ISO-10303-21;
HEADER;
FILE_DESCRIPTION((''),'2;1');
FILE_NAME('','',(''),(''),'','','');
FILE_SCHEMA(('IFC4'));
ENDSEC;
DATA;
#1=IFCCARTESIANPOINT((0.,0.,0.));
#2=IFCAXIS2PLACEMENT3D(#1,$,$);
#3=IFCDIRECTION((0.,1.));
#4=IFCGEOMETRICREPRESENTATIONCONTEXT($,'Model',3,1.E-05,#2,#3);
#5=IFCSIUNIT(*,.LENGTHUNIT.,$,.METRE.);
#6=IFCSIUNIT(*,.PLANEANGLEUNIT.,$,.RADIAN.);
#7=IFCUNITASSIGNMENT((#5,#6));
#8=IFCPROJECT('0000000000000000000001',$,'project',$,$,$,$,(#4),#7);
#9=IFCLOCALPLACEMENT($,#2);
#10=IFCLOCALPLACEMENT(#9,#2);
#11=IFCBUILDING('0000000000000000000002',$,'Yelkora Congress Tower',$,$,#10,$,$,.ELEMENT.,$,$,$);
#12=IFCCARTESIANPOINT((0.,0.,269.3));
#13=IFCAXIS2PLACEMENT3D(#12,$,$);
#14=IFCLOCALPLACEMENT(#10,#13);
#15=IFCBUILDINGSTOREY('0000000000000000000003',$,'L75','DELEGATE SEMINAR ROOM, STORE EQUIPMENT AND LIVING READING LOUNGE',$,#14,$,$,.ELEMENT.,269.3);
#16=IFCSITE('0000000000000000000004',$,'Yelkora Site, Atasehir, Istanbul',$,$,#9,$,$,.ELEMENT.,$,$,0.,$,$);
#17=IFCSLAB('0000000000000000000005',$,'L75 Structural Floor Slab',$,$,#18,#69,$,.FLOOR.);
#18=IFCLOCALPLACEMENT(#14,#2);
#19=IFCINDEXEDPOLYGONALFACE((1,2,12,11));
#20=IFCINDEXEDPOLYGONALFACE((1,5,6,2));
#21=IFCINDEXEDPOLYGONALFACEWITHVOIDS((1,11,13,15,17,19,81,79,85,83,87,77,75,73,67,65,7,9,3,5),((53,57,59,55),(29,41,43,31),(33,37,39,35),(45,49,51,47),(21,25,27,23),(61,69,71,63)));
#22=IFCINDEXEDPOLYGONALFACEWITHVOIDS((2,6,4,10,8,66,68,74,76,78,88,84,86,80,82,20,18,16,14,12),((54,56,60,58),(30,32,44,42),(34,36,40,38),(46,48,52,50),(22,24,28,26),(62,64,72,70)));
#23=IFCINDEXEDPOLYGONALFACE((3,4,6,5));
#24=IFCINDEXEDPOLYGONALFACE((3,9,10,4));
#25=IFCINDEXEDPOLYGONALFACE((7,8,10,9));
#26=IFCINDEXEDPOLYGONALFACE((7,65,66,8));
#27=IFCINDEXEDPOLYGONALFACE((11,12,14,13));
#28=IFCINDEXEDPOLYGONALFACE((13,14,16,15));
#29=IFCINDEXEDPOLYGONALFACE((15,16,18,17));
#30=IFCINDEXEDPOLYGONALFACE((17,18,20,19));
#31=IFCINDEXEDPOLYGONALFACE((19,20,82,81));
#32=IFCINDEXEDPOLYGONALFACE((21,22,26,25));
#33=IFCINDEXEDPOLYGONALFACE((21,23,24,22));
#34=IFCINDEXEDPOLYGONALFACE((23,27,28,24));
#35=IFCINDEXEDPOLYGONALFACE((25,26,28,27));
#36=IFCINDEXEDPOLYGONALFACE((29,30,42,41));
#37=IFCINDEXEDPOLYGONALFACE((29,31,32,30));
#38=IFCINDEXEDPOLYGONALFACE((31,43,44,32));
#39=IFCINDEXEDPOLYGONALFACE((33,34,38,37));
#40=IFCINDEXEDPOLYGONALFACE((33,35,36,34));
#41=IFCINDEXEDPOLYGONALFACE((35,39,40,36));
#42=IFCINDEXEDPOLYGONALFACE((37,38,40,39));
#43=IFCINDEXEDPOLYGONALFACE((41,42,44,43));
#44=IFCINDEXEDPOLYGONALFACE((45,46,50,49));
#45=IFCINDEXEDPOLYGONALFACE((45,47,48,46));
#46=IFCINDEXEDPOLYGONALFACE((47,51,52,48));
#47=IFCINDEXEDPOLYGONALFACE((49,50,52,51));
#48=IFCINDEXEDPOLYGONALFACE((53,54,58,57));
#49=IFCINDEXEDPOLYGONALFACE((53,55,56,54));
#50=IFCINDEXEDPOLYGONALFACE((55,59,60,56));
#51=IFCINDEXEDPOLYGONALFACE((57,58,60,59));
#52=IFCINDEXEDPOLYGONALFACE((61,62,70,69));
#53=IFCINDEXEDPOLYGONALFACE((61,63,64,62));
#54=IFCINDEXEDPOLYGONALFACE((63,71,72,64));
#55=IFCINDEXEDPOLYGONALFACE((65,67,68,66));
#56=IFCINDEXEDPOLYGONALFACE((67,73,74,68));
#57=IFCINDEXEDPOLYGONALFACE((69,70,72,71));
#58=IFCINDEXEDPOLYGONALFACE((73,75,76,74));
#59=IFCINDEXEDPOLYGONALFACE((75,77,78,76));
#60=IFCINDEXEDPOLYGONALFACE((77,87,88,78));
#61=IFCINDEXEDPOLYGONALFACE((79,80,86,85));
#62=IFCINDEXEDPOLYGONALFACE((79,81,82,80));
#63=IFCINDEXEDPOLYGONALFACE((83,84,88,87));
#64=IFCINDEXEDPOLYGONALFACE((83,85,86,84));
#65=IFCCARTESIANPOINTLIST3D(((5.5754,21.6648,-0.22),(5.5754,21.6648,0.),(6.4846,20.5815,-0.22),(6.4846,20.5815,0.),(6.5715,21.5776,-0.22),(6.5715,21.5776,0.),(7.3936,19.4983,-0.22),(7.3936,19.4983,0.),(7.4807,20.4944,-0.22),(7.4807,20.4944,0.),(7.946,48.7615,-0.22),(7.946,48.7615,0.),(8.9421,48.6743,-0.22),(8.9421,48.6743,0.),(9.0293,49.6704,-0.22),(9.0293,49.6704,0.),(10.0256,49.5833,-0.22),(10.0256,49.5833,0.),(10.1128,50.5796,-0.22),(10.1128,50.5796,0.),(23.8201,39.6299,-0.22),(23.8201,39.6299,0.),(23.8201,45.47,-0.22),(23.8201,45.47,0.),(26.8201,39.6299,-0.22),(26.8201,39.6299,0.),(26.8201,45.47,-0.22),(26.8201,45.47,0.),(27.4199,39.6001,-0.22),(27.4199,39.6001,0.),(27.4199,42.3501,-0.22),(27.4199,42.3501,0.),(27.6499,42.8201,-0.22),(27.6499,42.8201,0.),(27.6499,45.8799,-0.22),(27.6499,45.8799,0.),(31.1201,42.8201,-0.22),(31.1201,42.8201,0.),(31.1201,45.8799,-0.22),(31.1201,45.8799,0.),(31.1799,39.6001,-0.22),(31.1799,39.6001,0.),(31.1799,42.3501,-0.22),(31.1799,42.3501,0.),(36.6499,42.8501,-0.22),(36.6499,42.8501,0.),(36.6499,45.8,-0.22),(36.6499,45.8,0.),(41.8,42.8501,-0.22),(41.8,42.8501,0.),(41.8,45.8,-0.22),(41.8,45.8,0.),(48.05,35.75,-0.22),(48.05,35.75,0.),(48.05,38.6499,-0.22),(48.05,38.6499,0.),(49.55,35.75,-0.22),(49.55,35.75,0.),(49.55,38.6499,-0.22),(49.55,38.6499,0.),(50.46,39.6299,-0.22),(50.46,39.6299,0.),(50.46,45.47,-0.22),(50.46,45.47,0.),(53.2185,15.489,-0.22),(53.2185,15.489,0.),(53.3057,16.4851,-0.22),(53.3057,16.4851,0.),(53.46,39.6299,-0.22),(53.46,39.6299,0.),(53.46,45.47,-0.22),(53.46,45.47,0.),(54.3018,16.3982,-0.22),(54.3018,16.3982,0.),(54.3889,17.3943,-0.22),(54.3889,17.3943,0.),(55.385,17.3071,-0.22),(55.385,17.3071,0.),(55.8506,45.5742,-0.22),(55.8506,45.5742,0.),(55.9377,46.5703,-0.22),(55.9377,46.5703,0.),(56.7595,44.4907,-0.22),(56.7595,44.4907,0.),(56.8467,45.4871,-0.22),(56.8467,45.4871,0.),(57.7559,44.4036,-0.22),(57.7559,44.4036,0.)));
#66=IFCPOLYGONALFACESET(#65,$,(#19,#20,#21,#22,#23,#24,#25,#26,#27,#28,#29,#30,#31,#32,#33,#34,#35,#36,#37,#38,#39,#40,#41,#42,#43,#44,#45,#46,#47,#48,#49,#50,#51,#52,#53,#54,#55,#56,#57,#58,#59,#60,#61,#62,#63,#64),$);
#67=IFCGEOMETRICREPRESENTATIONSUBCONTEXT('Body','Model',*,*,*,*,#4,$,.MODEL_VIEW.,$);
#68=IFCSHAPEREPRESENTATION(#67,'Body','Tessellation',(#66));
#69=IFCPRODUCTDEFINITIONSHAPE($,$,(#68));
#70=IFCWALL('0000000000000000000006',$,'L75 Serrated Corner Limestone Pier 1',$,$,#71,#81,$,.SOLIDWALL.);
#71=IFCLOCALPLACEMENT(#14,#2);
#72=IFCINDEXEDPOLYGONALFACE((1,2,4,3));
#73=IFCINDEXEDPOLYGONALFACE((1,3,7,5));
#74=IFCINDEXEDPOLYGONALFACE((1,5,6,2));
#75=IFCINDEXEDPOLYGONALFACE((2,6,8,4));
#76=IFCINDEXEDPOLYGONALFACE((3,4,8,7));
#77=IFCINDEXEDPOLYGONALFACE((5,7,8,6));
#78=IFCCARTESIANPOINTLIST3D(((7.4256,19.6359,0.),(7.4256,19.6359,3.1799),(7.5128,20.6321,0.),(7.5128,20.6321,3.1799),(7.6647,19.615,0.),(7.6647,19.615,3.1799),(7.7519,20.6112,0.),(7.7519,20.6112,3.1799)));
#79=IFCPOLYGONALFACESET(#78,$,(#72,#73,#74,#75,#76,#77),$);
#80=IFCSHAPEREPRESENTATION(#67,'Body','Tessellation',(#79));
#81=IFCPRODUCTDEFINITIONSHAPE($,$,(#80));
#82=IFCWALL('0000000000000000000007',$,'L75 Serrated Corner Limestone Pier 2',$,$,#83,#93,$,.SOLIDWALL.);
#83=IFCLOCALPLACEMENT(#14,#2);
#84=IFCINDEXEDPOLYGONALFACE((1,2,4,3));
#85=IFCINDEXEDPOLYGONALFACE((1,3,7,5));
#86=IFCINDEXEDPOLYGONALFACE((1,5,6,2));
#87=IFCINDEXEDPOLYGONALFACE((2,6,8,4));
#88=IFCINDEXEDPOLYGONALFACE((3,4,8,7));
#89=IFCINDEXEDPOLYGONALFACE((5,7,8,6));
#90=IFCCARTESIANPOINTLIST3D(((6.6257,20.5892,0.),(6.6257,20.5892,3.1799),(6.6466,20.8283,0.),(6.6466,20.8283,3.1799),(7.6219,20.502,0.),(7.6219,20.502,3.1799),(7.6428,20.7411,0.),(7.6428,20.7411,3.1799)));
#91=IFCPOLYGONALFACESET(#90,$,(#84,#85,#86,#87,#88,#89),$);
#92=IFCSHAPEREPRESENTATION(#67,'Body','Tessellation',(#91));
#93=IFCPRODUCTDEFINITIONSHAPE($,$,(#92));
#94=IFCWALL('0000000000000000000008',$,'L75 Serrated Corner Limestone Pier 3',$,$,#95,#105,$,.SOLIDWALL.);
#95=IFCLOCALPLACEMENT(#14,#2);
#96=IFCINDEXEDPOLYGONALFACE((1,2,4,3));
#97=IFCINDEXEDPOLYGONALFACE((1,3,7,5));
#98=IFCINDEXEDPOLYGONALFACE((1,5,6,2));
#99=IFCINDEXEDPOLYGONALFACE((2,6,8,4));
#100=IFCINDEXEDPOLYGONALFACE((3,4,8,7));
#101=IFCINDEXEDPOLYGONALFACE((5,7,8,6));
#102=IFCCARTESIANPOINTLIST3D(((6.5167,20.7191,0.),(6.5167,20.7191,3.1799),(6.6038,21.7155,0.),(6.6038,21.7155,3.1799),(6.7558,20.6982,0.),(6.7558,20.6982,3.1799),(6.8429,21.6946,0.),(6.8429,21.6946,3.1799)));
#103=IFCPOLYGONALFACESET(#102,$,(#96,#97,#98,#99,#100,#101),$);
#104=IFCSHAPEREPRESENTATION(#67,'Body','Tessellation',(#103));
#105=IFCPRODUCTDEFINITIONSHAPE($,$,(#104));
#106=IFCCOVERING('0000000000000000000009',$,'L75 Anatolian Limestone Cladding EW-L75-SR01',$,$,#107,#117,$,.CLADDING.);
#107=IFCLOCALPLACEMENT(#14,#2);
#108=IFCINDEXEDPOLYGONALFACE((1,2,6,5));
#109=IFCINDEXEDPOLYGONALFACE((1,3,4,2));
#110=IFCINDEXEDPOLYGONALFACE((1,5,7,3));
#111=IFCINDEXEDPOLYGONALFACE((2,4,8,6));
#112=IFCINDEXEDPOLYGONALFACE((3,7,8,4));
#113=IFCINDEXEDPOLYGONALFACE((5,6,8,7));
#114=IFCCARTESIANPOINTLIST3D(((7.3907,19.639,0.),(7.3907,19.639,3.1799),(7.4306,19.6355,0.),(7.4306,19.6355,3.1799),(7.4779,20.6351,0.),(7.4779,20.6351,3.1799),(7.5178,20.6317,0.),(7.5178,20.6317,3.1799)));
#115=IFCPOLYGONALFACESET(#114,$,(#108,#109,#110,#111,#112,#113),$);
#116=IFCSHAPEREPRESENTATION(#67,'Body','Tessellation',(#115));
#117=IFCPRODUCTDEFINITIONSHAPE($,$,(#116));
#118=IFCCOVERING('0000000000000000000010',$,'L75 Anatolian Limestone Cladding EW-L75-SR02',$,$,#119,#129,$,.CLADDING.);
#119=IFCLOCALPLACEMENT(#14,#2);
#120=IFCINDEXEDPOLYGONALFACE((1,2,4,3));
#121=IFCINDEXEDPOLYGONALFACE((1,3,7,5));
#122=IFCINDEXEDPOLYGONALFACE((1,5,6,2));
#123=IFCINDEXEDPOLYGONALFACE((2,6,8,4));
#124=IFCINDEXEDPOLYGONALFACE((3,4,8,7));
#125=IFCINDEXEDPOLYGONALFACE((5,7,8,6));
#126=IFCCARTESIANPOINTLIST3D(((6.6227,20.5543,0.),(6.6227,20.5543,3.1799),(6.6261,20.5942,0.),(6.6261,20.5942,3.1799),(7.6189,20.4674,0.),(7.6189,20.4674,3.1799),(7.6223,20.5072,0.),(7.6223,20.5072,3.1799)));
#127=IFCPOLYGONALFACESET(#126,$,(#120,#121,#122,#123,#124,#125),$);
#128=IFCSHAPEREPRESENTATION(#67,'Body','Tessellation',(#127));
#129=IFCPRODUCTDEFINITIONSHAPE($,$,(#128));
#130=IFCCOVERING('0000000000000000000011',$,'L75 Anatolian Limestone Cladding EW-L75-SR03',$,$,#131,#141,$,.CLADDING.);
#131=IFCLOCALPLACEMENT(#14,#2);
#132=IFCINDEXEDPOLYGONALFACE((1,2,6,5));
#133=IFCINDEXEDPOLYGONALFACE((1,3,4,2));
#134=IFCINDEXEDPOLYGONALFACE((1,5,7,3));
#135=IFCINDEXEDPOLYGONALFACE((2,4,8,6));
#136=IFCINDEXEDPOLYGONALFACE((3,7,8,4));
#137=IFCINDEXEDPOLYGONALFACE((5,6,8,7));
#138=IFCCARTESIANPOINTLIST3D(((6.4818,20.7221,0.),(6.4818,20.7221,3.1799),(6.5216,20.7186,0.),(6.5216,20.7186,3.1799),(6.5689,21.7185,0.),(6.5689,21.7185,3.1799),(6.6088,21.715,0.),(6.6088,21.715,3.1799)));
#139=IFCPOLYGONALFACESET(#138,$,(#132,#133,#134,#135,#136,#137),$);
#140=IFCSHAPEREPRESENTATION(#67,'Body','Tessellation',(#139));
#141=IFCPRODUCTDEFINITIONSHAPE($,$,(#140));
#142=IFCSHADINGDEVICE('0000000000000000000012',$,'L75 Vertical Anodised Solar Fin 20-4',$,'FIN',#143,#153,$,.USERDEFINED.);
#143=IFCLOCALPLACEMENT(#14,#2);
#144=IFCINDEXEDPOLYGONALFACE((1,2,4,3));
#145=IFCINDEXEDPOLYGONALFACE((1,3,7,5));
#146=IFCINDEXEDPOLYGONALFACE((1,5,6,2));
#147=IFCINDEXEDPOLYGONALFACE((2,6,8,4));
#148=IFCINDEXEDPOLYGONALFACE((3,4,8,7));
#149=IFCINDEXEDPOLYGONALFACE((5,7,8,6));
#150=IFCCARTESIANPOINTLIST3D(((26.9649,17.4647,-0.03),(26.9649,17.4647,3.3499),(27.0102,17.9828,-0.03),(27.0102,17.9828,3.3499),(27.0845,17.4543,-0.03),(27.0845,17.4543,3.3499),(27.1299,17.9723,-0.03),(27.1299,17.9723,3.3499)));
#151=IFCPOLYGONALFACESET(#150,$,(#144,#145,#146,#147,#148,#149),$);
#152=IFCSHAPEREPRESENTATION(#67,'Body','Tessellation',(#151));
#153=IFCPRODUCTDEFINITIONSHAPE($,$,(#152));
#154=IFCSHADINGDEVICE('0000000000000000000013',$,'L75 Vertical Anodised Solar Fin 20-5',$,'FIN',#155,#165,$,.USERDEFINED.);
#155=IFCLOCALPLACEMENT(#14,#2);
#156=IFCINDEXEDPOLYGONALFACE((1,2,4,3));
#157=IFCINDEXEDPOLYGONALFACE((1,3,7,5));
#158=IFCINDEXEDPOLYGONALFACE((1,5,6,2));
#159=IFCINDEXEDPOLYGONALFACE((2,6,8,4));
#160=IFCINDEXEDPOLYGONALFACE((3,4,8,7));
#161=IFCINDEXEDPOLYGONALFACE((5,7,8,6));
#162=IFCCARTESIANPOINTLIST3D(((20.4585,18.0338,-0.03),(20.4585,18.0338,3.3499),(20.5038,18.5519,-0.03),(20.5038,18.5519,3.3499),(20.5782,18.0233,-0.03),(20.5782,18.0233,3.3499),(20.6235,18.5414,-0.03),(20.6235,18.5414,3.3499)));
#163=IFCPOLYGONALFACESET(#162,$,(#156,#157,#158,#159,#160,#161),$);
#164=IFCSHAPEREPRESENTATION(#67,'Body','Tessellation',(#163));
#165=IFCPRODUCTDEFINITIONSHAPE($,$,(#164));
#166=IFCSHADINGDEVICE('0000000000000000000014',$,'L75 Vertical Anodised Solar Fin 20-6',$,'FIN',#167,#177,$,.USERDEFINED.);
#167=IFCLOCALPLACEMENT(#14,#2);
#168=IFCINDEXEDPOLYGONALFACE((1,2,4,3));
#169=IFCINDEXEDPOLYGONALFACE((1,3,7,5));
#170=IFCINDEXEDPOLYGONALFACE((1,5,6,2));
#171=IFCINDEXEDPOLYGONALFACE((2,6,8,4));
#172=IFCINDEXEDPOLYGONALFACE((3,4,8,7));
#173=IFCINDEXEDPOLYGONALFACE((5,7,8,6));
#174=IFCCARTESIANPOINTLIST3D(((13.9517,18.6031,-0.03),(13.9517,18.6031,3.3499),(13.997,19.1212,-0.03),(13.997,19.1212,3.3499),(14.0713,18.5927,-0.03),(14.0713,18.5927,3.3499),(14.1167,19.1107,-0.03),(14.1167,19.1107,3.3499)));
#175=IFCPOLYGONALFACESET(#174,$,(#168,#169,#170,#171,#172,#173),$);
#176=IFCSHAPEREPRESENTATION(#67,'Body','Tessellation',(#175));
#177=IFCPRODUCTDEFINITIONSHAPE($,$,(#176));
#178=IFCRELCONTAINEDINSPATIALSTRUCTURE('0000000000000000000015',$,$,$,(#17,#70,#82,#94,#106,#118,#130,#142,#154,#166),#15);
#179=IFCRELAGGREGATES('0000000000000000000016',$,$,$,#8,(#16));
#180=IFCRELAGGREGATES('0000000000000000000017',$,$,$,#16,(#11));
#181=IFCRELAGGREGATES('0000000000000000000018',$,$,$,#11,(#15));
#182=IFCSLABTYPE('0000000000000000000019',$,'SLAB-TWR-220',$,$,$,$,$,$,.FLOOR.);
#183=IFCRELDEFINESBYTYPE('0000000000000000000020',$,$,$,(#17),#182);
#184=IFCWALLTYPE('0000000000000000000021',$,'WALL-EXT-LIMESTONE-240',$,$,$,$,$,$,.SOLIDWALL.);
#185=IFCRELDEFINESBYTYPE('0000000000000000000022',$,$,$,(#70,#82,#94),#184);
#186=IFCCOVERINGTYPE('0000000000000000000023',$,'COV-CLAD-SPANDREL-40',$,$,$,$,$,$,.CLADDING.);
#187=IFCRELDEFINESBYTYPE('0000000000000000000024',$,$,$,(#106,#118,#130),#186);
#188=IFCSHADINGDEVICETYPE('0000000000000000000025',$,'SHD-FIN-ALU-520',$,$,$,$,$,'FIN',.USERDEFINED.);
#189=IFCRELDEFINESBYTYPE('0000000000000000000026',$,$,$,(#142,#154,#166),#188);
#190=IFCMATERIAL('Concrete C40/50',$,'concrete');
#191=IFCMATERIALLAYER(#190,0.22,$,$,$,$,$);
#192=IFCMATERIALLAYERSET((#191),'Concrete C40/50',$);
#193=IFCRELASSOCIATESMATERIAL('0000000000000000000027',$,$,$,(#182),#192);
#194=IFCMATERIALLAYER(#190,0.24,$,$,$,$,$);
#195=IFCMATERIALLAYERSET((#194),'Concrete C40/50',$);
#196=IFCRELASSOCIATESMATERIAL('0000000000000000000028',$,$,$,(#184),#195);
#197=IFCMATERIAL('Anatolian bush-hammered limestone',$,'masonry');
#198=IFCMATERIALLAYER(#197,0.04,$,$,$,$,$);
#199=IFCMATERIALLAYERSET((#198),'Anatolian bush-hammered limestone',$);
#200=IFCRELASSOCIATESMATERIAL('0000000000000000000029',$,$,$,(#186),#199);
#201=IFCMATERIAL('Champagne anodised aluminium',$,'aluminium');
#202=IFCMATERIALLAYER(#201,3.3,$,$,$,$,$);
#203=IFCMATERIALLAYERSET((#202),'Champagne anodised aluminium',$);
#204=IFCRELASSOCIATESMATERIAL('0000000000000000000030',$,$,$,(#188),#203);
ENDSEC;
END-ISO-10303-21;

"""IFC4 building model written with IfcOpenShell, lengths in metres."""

from ifc_helpers import new_model, si_unit, direction, frame, frame_2d, origin, origin_2d, place, context, subcontext, project, spatial, polyline, rectangle, outline, extrude, material, layer, layer_set, type_object, element, save


model = new_model("IFC4")

# Units and contexts
model_context = context("Model", 3, precision=1e-05, world=origin(), true_north=direction((0.0, 1.0)))
body_context = subcontext(model_context, "Body", "Model", "MODEL_VIEW")
ifc_project = project(units=[si_unit("LENGTHUNIT", "METRE"), si_unit("PLANEANGLEUNIT", "RADIAN")], contexts=[model_context])

# Site, building, storey
site_placement = place(None, origin())
site = spatial("IfcSite", under=ifc_project, at=site_placement, Name="Yelkora Site, Atasehir, Istanbul", CompositionType="ELEMENT", RefElevation=0.0)
building_placement = place(site_placement, origin())
building = spatial("IfcBuilding", under=site, at=building_placement, Name="Yelkora Congress Tower", CompositionType="ELEMENT")
storey_placement = place(building_placement, frame((0.0, 0.0, 269.3)))
storey = spatial("IfcBuildingStorey", under=building, at=storey_placement, Name="L75", Description="DELEGATE SEMINAR ROOM, STORE EQUIPMENT AND LIVING READING LOUNGE", CompositionType="ELEMENT", Elevation=269.3)

# Shared definitions
ifc_material_1 = material(Name="Concrete C40/50", Category="concrete")

# Slab
ifc_layer_1 = layer(ifc_material_1, 0.22)
ifc_layer_set_1 = layer_set([ifc_layer_1], Name="Concrete C40/50")
slab_type_1 = type_object("IfcSlabType", Name="SLAB-TWR-220", PredefinedType="FLOOR", material=ifc_layer_set_1)
slab_1_placement = place(storey_placement, frame((0.0, 0.0, -0.22)))
element("IfcSlab", 1, at=slab_1_placement, inside=storey, type_object=slab_type_1, Name="L75 Structural Floor Slab", PredefinedType="FLOOR", context=body_context, shape_type="SweptSolid", body=[
    extrude(outline(polyline([(7.3936, 19.4983), (53.2185, 15.489), (53.3057, 16.4851), (54.3018, 16.3982), (54.3889, 17.3943), (55.385, 17.3071), (57.7559, 44.4036), (56.7595, 44.4907), (56.8467, 45.4871), (55.8506, 45.5742), (55.9377, 46.5703), (10.1128, 50.5796), (10.0256, 49.5833), (9.0293, 49.6704), (8.9421, 48.6743), (7.946, 48.7615), (5.5754, 21.6648), (6.5715, 21.5776), (6.4846, 20.5815), (7.4807, 20.4944), (7.3936, 19.4983)]), holes=[polyline([(23.8201, 39.6299), (26.8201, 39.6299), (26.8201, 45.47), (23.8201, 45.47), (23.8201, 39.6299)]), polyline([(50.46, 39.6299), (53.46, 39.6299), (53.46, 45.47), (50.46, 45.47), (50.46, 39.6299)]), polyline([(48.05, 35.75), (49.55, 35.75), (49.55, 38.6499), (48.05, 38.6499), (48.05, 35.75)]), polyline([(36.6499, 42.8501), (41.8, 42.8501), (41.8, 45.8), (36.6499, 45.8), (36.6499, 42.8501)]), polyline([(27.4199, 39.6001), (31.1799, 39.6001), (31.1799, 42.3501), (27.4199, 42.3501), (27.4199, 39.6001)]), polyline([(27.6499, 42.8201), (31.1201, 42.8201), (31.1201, 45.8799), (27.6499, 45.8799), (27.6499, 42.8201)])]), origin(), (0.0, 0.0, 1.0), 0.22),
])

# Walls
ifc_layer_2 = layer(ifc_material_1, 0.24)
ifc_layer_set_2 = layer_set([ifc_layer_2], Name="Concrete C40/50")
wall_type = type_object("IfcWallType", Name="WALL-EXT-LIMESTONE-240", PredefinedType="SOLIDWALL", material=ifc_layer_set_2)
for number, where, z_axis, x_axis, name in (
    (2, (7.5452, 19.6255, 0.0), (0.0, 0.0, 1.0), (0.087167, 0.996194, 0.0), "L75 Serrated Corner Limestone Pier 1"),
    (3, (7.6323, 20.6216, 0.0), (0.0, 0.0, 1.0), (-0.996194, 0.087167, 0.0), "L75 Serrated Corner Limestone Pier 2"),
):
    element("IfcWall", number, at=place(storey_placement, frame(where, z_axis=z_axis, x_axis=x_axis)), inside=storey, type_object=wall_type, Name=name, PredefinedType="SOLIDWALL", context=body_context, shape_type="SweptSolid", body=[
        extrude(rectangle(XDim=1.0, YDim=0.24, at=frame_2d((0.5, 0.0))), origin(), (0.0, 0.0, 1.0), 3.1799),
    ])
wall_placement = place(storey_placement, frame((6.6362, 20.7087, 0.0), z_axis=(0.0, 0.0, 1.0), x_axis=(0.087146, 0.996196, 0.0)))
element("IfcWall", 4, at=wall_placement, inside=storey, type_object=wall_type, Name="L75 Serrated Corner Limestone Pier 3", PredefinedType="SOLIDWALL", context=body_context, shape_type="SweptSolid", body=[
    extrude(rectangle(XDim=1.0002, YDim=0.24, at=frame_2d((0.5, 0.0))), origin(), (0.0, 0.0, 1.0), 3.1799),
])

# Coverings
ifc_material_2 = material(Name="Anatolian bush-hammered limestone", Category="masonry")
ifc_layer_3 = layer(ifc_material_2, 0.04)
ifc_layer_set_3 = layer_set([ifc_layer_3], Name="Anatolian bush-hammered limestone")
covering_type = type_object("IfcCoveringType", Name="COV-CLAD-SPANDREL-40", PredefinedType="CLADDING", material=ifc_layer_set_3)
for number, where, z_axis, x_axis, name in (
    (5, (7.4106, 19.6372, 0.0), (0.0, 0.0, 1.0), (0.087167, 0.996194, 0.0), "L75 Anatolian Limestone Cladding EW-L75-SR01"),
    (6, (7.6206, 20.4873, 0.0), (0.0, 0.0, 1.0), (-0.996215, 0.086925, 0.0), "L75 Anatolian Limestone Cladding EW-L75-SR02"),
):
    element("IfcCovering", number, at=place(storey_placement, frame(where, z_axis=z_axis, x_axis=x_axis)), inside=storey, type_object=covering_type, Name=name, PredefinedType="CLADDING", context=body_context, shape_type="SweptSolid", body=[
        extrude(rectangle(XDim=1.0, YDim=0.04, at=frame_2d((0.5, 0.0))), origin(), (0.0, 0.0, 1.0), 3.1799),
    ])
covering_placement = place(storey_placement, frame((6.5017, 20.7205, 0.0), z_axis=(0.0, 0.0, 1.0), x_axis=(0.087146, 0.996196, 0.0)))
element("IfcCovering", 7, at=covering_placement, inside=storey, type_object=covering_type, Name="L75 Anatolian Limestone Cladding EW-L75-SR03", PredefinedType="CLADDING", context=body_context, shape_type="SweptSolid", body=[
    extrude(rectangle(XDim=1.0002, YDim=0.04, at=frame_2d((0.5, 0.0))), origin(), (0.0, 0.0, 1.0), 3.1799),
])

# Shading devices
ifc_material_3 = material(Name="Champagne anodised aluminium", Category="aluminium")
ifc_layer_4 = layer(ifc_material_3, 3.3)
ifc_layer_set_4 = layer_set([ifc_layer_4], Name="Champagne anodised aluminium")
shading_device_type = type_object("IfcShadingDeviceType", Name="SHD-FIN-ALU-520", ElementType="FIN", PredefinedType="USERDEFINED", material=ifc_layer_set_4)
for number, where, z_axis, x_axis, name in (
    (8, (27.0474, 17.7185, -0.03), (0.0, 0.0, 1.0), (-0.996195, 0.087156, 0.0), "L75 Vertical Anodised Solar Fin 20-4"),
    (9, (20.541, 18.2876, -0.03), (0.0, 0.0, 1.0), (-0.996195, 0.087156, 0.0), "L75 Vertical Anodised Solar Fin 20-5"),
    (10, (14.0342, 18.8569, -0.03), (0.0, 0.0, 1.0), (-0.996195, 0.087156, 0.0), "L75 Vertical Anodised Solar Fin 20-6"),
):
    element("IfcShadingDevice", number, at=place(storey_placement, frame(where, z_axis=z_axis, x_axis=x_axis)), inside=storey, type_object=shading_device_type, Name=name, ObjectType="FIN", PredefinedType="USERDEFINED", context=body_context, shape_type="SweptSolid", body=[
        extrude(rectangle(XDim=0.1201, YDim=0.52, at=origin_2d()), origin(), (0.0, 0.0, 1.0), 3.3799),
    ])

save(model, "model.ifc")
